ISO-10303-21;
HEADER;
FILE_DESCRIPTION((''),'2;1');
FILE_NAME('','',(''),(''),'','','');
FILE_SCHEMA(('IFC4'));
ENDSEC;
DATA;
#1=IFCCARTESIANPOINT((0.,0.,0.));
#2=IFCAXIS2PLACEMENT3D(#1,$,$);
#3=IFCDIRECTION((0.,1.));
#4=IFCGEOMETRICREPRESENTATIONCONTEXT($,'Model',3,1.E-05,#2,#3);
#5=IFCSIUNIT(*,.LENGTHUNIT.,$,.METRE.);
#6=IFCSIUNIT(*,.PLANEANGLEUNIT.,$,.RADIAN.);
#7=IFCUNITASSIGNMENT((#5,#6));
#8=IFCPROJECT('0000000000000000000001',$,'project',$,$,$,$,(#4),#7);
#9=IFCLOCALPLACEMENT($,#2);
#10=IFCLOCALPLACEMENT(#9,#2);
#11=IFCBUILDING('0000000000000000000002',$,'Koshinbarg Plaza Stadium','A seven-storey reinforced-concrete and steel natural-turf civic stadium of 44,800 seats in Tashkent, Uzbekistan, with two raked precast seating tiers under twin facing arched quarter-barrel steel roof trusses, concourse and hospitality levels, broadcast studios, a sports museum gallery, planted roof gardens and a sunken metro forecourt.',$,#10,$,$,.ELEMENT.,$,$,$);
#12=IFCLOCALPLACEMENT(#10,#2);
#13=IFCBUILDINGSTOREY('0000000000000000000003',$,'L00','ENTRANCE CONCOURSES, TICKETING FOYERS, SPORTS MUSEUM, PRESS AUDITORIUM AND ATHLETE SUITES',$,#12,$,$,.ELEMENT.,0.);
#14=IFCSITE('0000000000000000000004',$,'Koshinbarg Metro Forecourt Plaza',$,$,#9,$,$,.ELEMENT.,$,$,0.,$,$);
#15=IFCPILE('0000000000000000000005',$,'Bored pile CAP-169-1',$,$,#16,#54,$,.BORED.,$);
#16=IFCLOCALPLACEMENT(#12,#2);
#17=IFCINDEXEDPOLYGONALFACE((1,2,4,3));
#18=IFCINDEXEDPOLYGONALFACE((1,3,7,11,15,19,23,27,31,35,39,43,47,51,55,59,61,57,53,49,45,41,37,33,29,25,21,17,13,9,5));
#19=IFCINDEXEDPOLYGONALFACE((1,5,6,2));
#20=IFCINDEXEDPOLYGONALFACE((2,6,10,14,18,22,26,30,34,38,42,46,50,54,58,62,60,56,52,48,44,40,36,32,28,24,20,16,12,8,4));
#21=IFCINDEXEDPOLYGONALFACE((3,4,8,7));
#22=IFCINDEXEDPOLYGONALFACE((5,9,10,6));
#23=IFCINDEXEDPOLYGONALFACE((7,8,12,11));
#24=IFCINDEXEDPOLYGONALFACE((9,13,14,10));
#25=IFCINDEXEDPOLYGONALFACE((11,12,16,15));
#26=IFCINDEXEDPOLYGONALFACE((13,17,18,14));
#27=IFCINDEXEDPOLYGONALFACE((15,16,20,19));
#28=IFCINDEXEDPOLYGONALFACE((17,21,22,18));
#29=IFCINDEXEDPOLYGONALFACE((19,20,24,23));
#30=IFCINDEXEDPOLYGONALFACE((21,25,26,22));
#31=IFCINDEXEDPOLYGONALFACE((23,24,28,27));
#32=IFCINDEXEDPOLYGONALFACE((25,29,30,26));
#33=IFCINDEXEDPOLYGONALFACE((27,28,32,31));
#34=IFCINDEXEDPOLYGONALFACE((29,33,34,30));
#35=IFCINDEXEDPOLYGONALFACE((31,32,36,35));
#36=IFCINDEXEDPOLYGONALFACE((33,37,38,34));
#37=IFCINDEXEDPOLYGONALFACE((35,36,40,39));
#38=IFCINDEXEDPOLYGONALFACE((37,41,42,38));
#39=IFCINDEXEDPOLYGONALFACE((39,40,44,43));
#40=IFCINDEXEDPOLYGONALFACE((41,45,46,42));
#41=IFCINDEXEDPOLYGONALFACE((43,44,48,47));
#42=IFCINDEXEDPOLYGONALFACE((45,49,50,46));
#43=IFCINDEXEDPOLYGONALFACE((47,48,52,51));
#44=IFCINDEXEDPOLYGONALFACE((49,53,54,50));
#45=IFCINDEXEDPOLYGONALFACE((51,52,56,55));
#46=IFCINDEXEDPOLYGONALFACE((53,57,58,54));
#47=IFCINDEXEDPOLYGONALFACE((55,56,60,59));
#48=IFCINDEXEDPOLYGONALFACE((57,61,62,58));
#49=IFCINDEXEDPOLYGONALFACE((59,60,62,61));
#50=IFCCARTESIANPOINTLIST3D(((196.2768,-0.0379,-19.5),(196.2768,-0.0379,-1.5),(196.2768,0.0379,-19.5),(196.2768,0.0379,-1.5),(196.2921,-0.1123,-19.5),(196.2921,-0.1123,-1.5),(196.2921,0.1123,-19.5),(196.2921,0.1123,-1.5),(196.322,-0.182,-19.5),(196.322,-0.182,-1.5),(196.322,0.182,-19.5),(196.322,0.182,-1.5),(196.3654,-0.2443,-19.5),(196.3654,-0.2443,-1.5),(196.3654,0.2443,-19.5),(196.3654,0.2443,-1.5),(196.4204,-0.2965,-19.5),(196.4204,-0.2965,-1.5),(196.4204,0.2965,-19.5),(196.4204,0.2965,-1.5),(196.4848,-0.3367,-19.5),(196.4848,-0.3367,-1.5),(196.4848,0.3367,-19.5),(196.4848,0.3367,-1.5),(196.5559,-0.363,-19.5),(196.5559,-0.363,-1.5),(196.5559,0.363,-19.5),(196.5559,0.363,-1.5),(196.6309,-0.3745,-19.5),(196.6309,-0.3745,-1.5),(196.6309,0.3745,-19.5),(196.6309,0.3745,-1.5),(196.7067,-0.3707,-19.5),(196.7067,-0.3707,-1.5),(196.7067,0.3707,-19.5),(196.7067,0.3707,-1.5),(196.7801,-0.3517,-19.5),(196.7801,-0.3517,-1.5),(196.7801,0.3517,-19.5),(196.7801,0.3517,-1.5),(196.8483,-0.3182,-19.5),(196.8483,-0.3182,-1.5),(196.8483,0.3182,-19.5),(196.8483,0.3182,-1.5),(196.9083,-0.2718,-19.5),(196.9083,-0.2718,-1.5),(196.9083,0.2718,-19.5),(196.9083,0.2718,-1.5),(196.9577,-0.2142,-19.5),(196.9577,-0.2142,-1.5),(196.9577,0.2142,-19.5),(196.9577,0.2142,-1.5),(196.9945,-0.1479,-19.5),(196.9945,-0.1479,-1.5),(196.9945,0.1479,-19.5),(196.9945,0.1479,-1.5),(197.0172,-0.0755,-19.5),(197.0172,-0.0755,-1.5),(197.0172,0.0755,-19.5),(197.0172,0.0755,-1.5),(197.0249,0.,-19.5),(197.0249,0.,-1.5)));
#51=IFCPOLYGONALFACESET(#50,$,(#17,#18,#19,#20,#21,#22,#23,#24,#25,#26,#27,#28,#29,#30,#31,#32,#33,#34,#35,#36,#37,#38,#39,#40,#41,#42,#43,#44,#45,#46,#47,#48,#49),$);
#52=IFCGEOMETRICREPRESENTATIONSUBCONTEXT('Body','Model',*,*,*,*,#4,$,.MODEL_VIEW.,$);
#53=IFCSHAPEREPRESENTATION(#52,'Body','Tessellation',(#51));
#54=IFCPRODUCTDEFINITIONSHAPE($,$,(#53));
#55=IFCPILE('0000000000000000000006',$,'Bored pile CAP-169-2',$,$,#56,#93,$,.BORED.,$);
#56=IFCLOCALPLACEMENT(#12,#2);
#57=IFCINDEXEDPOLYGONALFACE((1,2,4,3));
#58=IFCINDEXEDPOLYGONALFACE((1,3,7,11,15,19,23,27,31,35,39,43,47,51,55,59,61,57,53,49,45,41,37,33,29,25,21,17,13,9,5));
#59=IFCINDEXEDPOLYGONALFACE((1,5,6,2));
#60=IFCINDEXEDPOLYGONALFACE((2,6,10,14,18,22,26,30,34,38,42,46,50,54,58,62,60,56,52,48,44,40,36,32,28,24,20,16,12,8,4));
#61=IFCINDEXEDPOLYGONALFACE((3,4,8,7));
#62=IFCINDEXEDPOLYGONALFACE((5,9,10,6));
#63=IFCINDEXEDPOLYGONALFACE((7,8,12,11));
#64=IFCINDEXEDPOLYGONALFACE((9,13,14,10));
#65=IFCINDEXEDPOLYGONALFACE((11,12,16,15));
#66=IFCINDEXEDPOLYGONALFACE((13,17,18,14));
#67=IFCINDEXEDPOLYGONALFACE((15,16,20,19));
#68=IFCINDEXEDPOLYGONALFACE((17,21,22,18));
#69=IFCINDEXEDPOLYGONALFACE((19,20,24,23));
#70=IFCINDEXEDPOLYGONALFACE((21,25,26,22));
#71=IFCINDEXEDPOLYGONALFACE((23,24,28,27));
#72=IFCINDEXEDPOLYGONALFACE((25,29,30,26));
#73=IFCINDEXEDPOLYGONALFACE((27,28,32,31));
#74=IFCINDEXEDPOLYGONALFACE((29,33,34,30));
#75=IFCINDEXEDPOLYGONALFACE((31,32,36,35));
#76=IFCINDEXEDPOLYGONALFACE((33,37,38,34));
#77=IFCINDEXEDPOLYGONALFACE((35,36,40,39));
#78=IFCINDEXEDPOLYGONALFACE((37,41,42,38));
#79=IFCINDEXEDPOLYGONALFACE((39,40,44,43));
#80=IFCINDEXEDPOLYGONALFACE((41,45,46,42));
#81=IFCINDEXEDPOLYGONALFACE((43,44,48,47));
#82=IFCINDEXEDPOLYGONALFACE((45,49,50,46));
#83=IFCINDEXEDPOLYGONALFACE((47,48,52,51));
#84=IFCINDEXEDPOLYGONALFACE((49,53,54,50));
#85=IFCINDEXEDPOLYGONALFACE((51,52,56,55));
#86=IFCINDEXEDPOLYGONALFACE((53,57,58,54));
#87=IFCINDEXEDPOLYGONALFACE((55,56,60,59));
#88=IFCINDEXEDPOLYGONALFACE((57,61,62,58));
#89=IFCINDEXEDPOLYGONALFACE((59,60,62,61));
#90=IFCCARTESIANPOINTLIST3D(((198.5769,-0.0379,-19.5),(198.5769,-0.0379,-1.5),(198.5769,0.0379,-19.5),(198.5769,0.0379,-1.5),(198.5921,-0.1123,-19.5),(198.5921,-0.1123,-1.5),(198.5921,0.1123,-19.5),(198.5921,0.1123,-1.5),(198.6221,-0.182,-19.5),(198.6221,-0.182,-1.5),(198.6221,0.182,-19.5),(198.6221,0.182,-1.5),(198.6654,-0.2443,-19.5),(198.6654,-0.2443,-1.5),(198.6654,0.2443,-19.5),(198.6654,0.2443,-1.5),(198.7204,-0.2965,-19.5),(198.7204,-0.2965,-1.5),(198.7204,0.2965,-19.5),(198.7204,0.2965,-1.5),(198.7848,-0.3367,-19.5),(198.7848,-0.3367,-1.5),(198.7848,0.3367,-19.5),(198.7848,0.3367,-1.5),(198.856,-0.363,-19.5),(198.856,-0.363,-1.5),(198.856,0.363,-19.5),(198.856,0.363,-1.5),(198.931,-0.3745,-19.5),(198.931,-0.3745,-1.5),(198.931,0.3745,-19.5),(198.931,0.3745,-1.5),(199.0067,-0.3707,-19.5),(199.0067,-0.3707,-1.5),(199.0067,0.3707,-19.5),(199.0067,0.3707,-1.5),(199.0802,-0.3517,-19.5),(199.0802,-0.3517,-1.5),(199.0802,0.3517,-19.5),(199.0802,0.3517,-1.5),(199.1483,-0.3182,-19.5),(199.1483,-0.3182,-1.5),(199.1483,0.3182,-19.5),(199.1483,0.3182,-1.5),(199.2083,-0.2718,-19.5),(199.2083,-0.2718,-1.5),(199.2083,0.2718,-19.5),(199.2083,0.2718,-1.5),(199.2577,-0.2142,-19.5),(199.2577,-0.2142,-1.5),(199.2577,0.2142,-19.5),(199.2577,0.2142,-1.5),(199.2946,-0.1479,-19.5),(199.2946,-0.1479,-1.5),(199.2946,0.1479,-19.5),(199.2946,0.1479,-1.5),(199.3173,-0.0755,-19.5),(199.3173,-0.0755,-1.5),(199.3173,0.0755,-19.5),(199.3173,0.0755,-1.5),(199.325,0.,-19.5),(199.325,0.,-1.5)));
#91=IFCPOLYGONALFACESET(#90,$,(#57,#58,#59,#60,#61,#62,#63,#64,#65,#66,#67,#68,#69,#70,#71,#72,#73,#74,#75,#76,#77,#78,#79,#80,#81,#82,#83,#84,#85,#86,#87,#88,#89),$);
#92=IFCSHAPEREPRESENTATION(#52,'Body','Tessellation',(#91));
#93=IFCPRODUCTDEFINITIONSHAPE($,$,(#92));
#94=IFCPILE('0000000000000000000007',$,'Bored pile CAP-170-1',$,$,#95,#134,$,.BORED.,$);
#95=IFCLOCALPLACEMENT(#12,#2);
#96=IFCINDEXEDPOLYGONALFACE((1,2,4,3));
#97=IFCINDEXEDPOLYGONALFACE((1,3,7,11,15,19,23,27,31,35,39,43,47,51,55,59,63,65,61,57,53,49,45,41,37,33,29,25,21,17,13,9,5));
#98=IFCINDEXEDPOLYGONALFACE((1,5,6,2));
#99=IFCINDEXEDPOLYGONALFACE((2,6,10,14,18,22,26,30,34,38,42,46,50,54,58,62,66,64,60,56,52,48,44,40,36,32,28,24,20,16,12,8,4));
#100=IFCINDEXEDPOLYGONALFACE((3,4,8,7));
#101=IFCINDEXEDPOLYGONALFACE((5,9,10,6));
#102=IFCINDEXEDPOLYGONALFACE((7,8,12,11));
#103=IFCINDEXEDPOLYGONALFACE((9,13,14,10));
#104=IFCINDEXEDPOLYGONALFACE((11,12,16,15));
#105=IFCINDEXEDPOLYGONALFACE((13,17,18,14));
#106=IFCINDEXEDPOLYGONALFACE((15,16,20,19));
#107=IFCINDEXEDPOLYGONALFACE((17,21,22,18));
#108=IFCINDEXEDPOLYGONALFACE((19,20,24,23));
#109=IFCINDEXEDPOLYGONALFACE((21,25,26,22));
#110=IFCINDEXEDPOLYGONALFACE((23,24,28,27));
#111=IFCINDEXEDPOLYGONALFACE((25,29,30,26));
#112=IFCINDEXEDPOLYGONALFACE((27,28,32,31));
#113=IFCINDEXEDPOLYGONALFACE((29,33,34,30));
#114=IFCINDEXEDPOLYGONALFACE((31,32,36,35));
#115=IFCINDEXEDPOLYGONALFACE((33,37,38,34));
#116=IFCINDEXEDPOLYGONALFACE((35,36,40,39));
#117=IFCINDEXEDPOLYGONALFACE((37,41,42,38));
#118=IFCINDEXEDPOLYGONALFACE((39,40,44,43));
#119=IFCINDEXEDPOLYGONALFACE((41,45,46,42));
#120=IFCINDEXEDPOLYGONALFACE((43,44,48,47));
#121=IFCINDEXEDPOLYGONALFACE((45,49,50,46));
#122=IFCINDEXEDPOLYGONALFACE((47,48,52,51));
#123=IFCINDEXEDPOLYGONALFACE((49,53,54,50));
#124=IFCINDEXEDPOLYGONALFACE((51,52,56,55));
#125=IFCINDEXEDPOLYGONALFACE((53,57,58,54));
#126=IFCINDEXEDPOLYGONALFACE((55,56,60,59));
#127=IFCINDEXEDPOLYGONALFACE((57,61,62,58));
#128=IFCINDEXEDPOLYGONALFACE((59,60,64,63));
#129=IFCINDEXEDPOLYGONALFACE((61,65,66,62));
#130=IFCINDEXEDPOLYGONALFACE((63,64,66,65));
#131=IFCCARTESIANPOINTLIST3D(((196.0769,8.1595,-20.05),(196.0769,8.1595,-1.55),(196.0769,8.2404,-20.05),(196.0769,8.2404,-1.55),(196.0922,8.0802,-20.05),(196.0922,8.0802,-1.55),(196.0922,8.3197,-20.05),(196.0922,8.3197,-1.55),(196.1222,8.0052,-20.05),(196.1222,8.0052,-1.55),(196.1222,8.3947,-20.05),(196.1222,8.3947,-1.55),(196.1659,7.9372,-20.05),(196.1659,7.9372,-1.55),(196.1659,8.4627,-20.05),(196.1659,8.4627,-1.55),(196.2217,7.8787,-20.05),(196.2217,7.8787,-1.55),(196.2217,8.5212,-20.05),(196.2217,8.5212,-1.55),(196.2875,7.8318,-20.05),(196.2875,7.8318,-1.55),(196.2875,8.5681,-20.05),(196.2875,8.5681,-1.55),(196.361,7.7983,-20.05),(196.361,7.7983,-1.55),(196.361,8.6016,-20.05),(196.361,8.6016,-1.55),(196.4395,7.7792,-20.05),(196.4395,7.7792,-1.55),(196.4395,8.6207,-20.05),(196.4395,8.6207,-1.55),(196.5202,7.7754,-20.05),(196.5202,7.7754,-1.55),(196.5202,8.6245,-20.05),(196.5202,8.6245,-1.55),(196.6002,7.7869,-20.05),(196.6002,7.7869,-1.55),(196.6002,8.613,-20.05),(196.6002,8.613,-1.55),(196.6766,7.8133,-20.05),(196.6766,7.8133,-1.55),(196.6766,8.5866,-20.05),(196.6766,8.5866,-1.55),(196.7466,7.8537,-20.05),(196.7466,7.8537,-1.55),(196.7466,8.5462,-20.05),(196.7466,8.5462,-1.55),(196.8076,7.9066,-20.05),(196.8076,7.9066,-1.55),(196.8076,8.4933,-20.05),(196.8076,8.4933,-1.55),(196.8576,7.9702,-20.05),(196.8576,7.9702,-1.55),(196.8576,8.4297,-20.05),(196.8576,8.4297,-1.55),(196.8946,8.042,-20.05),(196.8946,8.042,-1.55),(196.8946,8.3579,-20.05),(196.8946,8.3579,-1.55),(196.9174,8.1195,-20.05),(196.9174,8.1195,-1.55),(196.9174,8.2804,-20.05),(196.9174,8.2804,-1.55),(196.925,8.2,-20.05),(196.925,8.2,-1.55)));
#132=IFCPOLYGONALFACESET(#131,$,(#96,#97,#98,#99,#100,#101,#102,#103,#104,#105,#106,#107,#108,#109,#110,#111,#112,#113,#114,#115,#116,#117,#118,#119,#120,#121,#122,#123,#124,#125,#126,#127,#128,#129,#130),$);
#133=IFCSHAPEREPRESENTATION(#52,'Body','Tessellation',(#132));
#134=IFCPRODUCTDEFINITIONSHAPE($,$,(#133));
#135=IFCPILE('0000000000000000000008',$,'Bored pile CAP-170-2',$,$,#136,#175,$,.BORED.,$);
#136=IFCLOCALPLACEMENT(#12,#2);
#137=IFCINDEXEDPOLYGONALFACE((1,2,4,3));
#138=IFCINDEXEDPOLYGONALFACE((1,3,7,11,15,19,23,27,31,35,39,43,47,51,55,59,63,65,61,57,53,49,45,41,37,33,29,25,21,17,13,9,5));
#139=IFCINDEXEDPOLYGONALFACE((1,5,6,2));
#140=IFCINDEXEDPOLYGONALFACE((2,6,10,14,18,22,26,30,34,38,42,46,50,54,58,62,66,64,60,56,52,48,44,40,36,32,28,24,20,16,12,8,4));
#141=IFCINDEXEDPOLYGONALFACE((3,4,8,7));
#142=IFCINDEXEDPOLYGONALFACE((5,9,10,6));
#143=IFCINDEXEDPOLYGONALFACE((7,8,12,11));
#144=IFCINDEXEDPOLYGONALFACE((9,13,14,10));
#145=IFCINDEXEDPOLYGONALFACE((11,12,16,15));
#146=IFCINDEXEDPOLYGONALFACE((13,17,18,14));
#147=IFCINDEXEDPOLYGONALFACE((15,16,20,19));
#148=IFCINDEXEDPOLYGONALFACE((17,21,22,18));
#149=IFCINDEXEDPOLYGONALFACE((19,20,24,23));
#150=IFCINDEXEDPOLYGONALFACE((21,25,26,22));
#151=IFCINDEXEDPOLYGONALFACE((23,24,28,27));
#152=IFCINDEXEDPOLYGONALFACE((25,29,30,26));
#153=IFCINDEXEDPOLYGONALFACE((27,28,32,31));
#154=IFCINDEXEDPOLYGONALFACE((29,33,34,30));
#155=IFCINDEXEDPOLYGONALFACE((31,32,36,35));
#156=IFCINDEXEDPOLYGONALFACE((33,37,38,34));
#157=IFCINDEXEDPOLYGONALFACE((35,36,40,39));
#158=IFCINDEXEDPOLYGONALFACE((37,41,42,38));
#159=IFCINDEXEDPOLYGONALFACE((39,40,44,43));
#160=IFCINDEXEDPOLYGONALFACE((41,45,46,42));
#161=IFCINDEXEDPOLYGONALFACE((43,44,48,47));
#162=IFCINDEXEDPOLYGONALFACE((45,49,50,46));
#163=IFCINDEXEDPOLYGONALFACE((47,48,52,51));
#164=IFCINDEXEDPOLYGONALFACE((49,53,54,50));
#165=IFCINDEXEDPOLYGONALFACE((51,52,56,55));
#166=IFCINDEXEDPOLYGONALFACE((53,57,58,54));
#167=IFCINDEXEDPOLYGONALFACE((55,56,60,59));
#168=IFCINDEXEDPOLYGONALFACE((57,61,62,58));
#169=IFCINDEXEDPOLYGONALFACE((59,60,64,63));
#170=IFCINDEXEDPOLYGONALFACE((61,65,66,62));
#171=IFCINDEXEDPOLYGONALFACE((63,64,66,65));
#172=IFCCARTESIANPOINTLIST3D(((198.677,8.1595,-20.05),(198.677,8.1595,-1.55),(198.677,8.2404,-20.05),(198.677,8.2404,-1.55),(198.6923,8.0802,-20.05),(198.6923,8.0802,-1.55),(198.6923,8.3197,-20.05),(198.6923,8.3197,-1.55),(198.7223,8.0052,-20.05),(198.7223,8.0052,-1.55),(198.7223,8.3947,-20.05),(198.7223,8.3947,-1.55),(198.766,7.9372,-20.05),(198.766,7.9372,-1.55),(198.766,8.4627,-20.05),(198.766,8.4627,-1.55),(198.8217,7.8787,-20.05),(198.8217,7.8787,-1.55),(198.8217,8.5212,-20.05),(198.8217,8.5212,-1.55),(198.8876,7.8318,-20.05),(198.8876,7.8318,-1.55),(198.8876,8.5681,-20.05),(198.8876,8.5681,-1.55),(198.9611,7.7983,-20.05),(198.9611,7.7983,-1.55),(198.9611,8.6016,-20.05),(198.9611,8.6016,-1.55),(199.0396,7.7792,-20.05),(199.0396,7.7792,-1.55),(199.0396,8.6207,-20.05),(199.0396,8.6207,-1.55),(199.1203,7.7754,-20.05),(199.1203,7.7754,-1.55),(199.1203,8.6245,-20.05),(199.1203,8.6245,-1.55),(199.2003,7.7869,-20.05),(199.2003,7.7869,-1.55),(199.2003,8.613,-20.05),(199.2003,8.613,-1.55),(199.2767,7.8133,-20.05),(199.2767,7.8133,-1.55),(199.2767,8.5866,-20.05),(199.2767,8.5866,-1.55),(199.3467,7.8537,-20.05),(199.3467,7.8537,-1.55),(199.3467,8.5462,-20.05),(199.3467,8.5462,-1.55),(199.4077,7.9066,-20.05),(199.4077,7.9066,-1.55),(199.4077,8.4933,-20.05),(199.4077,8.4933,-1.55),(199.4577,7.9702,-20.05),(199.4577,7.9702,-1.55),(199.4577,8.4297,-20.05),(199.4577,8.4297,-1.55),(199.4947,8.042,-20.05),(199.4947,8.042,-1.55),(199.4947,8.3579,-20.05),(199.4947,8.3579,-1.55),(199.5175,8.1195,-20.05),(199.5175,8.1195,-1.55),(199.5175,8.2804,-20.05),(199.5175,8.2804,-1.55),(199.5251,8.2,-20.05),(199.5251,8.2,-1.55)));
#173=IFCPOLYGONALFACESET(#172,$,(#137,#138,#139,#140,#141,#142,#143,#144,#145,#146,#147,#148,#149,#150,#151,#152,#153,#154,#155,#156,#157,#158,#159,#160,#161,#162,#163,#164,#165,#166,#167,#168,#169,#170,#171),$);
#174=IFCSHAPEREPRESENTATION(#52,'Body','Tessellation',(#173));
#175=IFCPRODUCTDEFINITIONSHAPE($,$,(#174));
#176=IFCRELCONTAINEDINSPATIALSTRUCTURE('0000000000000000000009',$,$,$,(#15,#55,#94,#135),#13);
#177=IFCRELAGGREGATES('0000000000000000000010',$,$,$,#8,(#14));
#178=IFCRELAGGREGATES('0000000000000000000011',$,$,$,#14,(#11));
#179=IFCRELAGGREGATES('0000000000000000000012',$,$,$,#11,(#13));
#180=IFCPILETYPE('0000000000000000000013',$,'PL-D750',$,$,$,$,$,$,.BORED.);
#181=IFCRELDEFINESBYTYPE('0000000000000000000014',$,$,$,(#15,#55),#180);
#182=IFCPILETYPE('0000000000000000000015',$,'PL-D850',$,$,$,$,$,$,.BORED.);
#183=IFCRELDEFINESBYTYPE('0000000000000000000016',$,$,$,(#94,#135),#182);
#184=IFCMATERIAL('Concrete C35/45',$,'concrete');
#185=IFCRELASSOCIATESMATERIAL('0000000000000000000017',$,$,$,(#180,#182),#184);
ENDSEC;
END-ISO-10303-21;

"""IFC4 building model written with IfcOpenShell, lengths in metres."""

from ifc_helpers import new_model, si_unit, direction, frame, origin, origin_2d, place, context, subcontext, project, spatial, circle, extrude, material, material_profile, profile_set, type_object, element, save


model = new_model("IFC4")

# Units and contexts
model_context = context("Model", 3, precision=1e-05, world=origin(), true_north=direction((0.0, 1.0)))
body_context = subcontext(model_context, "Body", "Model", "MODEL_VIEW")
ifc_project = project(units=[si_unit("LENGTHUNIT", "METRE"), si_unit("PLANEANGLEUNIT", "RADIAN")], contexts=[model_context])

# Site, building, storey
site_placement = place(None, origin())
site = spatial("IfcSite", under=ifc_project, at=site_placement, Name="Koshinbarg Metro Forecourt Plaza", CompositionType="ELEMENT", RefElevation=0.0)
building_placement = place(site_placement, origin())
building = spatial("IfcBuilding", under=site, at=building_placement, Name="Koshinbarg Plaza Stadium", Description="A seven-storey reinforced-concrete and steel natural-turf civic stadium of 44,800 seats in Tashkent, Uzbekistan, with two raked precast seating tiers under twin facing arched quarter-barrel steel roof trusses, concourse and hospitality levels, broadcast studios, a sports museum gallery, planted roof gardens and a sunken metro forecourt.", CompositionType="ELEMENT")
storey_placement = place(building_placement, origin())
storey = spatial("IfcBuildingStorey", under=building, at=storey_placement, Name="L00", Description="ENTRANCE CONCOURSES, TICKETING FOYERS, SPORTS MUSEUM, PRESS AUDITORIUM AND ATHLETE SUITES", CompositionType="ELEMENT", Elevation=0.0)

# Shared definitions
ifc_material_1 = material(Name="Concrete C35/45", Category="concrete")

# Piles
ifc_material_profile_1 = material_profile(ifc_material_1, circle(Radius=0.375, at=origin_2d()), Name="PILE D750")
ifc_profile_set_1 = profile_set([ifc_material_profile_1], Name="Concrete C35/45")
pile_type_1 = type_object("IfcPileType", Name="PL-D750", PredefinedType="BORED", material=ifc_profile_set_1)
for number, where, z_axis, x_axis, name in (
    (1, (196.6499, 0.0, -1.5), (0.0, 0.0, -1.0), (1.0, 0.0, 0.0), "Bored pile CAP-169-1"),
    (2, (198.95, 0.0, -1.5), (0.0, 0.0, -1.0), (1.0, 0.0, 0.0), "Bored pile CAP-169-2"),
):
    element("IfcPile", number, at=place(storey_placement, frame(where, z_axis=z_axis, x_axis=x_axis)), inside=storey, type_object=pile_type_1, Name=name, PredefinedType="BORED", context=body_context, shape_type="SweptSolid", body=[
        extrude(circle(Radius=0.375, at=origin_2d()), origin(), (0.0, 0.0, 1.0), 18.0),
    ])
ifc_material_profile_2 = material_profile(ifc_material_1, circle(Radius=0.425, at=origin_2d()), Name="PILE D850")
ifc_profile_set_2 = profile_set([ifc_material_profile_2], Name="Concrete C35/45")
pile_type_2 = type_object("IfcPileType", Name="PL-D850", PredefinedType="BORED", material=ifc_profile_set_2)
for number, where, z_axis, x_axis, name in (
    (3, (196.5, 8.2, -1.55), (0.0, 0.0, -1.0), (1.0, 0.0, 0.0), "Bored pile CAP-170-1"),
    (4, (199.1001, 8.2, -1.55), (0.0, 0.0, -1.0), (1.0, 0.0, 0.0), "Bored pile CAP-170-2"),
):
    element("IfcPile", number, at=place(storey_placement, frame(where, z_axis=z_axis, x_axis=x_axis)), inside=storey, type_object=pile_type_2, Name=name, PredefinedType="BORED", context=body_context, shape_type="SweptSolid", body=[
        extrude(circle(Radius=0.425, at=origin_2d()), origin(), (0.0, 0.0, 1.0), 18.5),
    ])

save(model, "model.ifc")
